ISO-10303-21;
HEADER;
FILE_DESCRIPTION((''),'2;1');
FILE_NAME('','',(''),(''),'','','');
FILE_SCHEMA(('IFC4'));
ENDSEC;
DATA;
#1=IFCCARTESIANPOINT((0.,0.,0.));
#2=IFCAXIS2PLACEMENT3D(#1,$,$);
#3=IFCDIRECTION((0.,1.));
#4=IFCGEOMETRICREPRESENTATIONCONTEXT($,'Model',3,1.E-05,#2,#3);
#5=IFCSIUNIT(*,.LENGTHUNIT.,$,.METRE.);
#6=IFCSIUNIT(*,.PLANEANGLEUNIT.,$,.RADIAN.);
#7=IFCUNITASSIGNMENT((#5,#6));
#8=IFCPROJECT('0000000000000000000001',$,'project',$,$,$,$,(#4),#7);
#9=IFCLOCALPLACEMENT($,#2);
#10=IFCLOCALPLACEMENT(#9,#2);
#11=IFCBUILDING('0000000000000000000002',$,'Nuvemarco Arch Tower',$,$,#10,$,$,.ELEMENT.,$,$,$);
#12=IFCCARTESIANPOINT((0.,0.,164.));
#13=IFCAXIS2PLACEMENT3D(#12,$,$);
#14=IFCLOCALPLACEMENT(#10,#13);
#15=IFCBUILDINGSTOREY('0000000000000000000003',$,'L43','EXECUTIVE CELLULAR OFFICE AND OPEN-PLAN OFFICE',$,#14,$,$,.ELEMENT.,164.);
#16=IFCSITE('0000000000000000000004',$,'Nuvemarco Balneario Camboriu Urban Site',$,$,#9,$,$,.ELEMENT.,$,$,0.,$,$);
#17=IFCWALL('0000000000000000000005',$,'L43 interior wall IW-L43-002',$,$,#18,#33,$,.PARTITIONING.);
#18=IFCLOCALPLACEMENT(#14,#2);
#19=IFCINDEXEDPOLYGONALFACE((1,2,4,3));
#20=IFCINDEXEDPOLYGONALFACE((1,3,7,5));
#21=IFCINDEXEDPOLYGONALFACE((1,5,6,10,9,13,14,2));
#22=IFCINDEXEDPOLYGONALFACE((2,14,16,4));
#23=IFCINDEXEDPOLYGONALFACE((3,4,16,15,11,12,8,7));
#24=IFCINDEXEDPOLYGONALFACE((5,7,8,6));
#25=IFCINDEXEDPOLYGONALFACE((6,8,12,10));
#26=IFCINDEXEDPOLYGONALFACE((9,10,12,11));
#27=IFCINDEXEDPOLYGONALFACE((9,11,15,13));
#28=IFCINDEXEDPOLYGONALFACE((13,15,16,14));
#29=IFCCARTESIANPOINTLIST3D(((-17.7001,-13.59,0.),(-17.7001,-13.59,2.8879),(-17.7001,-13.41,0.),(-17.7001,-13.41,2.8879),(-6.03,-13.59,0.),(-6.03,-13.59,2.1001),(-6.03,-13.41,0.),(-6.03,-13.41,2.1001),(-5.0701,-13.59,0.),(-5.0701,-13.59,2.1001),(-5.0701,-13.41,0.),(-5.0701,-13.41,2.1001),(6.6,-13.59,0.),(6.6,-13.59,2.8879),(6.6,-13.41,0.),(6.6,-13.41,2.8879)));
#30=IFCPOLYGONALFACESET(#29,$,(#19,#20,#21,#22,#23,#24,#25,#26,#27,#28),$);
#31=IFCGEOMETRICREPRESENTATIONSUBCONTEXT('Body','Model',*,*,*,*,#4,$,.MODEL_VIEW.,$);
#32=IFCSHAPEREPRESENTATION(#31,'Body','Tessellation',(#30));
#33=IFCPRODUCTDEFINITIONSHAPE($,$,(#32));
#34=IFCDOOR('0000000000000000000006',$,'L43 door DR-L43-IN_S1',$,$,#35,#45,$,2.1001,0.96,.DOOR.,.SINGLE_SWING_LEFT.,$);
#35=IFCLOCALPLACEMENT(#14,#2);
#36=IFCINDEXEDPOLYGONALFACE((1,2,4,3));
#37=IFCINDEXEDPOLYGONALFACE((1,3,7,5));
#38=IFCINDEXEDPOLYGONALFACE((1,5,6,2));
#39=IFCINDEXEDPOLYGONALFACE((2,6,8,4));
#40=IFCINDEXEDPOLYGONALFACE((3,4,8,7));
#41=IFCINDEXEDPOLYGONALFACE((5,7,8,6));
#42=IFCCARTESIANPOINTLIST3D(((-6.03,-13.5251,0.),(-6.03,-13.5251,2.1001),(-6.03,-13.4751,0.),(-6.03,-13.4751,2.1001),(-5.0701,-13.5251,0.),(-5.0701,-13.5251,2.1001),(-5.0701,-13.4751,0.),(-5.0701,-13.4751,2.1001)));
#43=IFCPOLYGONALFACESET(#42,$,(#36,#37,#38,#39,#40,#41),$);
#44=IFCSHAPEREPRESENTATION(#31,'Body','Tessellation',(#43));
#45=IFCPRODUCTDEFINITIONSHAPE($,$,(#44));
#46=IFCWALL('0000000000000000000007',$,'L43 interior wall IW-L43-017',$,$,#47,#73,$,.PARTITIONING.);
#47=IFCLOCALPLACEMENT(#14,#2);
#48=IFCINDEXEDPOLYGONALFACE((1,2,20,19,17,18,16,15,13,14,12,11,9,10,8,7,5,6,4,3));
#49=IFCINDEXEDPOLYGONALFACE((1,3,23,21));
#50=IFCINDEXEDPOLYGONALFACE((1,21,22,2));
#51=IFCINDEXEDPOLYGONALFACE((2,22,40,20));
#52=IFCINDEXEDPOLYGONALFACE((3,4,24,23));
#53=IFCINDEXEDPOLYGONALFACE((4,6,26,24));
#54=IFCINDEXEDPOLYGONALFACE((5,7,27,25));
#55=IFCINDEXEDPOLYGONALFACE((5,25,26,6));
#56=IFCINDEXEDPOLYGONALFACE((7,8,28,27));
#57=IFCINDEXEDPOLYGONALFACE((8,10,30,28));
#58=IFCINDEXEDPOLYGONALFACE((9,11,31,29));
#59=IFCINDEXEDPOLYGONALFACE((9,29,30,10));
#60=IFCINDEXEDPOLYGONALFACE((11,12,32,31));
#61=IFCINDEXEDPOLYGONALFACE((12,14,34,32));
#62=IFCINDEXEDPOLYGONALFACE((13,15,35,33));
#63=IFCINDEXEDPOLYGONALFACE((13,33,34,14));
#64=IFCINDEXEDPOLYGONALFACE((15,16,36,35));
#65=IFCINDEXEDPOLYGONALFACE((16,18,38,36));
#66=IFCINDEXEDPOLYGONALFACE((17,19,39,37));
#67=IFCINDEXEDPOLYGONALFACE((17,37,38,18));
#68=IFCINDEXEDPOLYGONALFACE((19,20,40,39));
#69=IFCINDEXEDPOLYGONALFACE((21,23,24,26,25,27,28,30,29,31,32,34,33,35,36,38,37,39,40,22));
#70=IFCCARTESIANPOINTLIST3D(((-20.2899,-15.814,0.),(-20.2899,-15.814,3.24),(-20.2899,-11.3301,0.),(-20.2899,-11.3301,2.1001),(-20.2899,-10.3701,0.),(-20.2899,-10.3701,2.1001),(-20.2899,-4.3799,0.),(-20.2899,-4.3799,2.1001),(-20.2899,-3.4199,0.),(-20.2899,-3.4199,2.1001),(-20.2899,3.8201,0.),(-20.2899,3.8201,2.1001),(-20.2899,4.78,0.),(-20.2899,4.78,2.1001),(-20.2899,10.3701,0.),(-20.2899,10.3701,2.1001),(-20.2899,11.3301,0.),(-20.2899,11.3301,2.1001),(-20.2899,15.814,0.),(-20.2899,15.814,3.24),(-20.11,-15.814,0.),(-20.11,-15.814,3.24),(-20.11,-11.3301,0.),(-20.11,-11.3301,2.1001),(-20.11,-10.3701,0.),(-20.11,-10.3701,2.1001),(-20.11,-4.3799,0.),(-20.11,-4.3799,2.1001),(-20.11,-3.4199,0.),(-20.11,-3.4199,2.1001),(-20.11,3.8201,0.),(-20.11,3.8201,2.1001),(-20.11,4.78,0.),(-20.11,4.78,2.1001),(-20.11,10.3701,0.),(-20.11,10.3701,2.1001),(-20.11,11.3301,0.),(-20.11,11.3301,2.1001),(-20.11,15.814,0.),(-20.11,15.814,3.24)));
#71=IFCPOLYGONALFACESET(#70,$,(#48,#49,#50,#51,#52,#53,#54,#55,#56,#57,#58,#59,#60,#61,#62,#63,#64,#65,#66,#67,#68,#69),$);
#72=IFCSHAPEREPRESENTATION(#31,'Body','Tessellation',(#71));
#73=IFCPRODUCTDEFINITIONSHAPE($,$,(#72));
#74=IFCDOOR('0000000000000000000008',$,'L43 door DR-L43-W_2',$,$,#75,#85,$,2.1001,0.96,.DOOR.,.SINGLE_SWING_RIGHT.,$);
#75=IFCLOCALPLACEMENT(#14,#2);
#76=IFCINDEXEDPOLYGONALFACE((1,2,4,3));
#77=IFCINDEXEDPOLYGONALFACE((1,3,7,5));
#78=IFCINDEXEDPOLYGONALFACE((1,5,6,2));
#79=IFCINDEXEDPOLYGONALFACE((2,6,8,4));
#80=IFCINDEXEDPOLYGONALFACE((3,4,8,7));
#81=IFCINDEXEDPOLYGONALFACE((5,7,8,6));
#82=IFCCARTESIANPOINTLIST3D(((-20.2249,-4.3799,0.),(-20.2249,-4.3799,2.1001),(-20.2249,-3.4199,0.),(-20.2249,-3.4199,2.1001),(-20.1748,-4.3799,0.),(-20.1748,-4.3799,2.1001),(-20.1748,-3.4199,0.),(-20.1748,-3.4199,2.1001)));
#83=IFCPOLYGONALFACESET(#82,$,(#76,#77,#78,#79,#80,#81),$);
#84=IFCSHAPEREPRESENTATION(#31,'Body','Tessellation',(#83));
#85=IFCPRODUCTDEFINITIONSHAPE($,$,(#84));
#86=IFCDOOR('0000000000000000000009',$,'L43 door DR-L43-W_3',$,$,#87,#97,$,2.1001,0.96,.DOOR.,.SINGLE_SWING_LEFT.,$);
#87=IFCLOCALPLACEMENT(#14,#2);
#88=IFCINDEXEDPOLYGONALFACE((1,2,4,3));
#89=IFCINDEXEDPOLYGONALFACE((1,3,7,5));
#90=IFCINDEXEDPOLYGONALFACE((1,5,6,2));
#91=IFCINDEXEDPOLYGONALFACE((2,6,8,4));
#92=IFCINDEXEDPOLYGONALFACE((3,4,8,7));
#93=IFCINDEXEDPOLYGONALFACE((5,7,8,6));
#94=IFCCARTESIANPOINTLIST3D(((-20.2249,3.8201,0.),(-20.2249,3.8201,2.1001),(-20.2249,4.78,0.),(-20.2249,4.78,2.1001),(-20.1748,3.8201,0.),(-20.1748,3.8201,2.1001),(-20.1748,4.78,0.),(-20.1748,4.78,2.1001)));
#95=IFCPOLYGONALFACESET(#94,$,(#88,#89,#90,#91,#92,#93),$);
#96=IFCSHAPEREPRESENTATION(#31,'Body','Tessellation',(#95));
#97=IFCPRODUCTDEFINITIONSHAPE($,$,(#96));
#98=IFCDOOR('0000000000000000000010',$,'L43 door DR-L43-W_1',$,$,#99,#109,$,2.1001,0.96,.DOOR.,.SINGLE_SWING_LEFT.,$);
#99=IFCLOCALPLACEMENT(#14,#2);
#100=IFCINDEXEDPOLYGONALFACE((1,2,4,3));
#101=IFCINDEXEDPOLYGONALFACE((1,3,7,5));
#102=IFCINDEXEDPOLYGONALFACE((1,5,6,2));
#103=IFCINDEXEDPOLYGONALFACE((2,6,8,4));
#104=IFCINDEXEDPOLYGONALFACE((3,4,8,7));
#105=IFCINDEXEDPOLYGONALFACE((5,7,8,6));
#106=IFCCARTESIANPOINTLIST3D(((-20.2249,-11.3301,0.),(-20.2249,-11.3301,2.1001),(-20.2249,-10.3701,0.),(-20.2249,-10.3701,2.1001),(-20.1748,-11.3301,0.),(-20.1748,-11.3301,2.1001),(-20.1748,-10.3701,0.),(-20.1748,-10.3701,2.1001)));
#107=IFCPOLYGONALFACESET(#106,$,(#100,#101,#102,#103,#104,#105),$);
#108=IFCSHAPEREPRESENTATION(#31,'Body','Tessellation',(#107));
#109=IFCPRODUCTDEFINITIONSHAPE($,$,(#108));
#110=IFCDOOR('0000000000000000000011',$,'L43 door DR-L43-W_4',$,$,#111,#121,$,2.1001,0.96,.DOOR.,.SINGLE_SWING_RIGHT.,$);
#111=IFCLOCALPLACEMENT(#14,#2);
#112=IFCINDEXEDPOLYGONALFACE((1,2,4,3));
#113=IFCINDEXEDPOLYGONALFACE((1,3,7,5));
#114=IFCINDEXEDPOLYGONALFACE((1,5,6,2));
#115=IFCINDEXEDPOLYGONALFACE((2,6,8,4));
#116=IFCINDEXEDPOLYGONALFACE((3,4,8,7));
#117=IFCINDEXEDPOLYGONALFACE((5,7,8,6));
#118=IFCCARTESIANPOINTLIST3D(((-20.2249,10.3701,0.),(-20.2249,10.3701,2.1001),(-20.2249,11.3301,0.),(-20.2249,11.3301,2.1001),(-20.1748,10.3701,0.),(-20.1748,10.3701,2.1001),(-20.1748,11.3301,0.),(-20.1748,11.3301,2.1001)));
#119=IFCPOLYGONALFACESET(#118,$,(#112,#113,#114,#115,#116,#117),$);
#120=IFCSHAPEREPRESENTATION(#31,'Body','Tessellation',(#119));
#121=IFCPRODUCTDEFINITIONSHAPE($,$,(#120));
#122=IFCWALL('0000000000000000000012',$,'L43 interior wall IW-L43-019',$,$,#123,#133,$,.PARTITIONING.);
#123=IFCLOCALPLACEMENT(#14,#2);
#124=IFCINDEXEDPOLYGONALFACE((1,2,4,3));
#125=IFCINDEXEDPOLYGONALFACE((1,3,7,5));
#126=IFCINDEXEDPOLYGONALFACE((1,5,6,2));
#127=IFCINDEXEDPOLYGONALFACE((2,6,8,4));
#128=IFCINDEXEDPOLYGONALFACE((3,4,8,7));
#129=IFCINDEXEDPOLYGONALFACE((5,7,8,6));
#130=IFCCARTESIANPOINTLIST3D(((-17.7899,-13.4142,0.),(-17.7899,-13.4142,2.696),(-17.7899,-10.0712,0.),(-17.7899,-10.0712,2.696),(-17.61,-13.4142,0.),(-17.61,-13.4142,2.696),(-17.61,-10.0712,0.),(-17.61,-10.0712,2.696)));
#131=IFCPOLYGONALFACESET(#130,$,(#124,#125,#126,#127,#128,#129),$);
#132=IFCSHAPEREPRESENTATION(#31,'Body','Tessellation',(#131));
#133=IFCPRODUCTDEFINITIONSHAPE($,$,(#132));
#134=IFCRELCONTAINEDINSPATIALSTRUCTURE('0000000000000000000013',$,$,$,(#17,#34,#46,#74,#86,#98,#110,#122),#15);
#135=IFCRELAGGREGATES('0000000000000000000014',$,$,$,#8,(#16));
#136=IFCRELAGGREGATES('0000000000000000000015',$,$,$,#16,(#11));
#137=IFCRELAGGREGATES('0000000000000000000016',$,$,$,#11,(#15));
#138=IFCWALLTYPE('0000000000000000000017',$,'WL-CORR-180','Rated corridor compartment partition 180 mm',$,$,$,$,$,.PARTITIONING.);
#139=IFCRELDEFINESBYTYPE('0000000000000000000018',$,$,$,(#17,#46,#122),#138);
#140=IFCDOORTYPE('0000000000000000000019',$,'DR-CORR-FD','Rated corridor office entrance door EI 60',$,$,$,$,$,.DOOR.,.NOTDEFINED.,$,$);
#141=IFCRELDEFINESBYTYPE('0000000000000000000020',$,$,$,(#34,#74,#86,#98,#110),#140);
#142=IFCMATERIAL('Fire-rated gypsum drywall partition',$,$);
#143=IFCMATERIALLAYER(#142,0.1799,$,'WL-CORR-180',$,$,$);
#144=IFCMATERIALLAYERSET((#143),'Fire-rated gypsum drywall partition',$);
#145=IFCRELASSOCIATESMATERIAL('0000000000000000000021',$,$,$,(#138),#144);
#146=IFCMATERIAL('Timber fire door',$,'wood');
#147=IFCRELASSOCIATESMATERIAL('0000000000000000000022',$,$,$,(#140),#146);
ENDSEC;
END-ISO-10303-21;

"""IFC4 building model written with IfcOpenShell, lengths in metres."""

from ifc_helpers import new_model, si_unit, direction, frame, frame_2d, origin, place, context, subcontext, project, spatial, rectangle, extrude, source, transform, mapped, material, layer, layer_set, type_object, type_shapes, element, fill, save


model = new_model("IFC4")

# Units and contexts
model_context = context("Model", 3, precision=1e-05, world=origin(), true_north=direction((0.0, 1.0)))
body_context = subcontext(model_context, "Body", "Model", "MODEL_VIEW")
ifc_project = project(units=[si_unit("LENGTHUNIT", "METRE"), si_unit("PLANEANGLEUNIT", "RADIAN")], contexts=[model_context])

# Site, building, storey
site_placement = place(None, origin())
site = spatial("IfcSite", under=ifc_project, at=site_placement, Name="Nuvemarco Balneario Camboriu Urban Site", CompositionType="ELEMENT", RefElevation=0.0)
building_placement = place(site_placement, origin())
building = spatial("IfcBuilding", under=site, at=building_placement, Name="Nuvemarco Arch Tower", CompositionType="ELEMENT")
storey_placement = place(building_placement, frame((0.0, 0.0, 164.0)))
storey = spatial("IfcBuildingStorey", under=building, at=storey_placement, Name="L43", Description="EXECUTIVE CELLULAR OFFICE AND OPEN-PLAN OFFICE", CompositionType="ELEMENT", Elevation=164.0)

# Shared definitions
ifc_material_1 = material(Name="Fire-rated gypsum drywall partition")
ifc_layer = layer(ifc_material_1, 0.1799, Name="WL-CORR-180")
ifc_layer_set = layer_set([ifc_layer], Name="Fire-rated gypsum drywall partition")
wall_type = type_object("IfcWallType", Name="WL-CORR-180", Description="Rated corridor compartment partition 180 mm", PredefinedType="PARTITIONING", material=ifc_layer_set)
ifc_material_2 = material(Name="Timber fire door", Category="wood")
door_type = type_object("IfcDoorType", Name="DR-CORR-FD", Description="Rated corridor office entrance door EI 60", OperationType="NOTDEFINED", PredefinedType="DOOR", material=ifc_material_2)
shared_shape = source(origin(), body_context, "Body", "SweptSolid", [
    extrude(rectangle(XDim=0.96, YDim=2.1001, at=frame_2d((0.48, 1.05))), frame((0.0, 0.0249, 0.0), z_axis=(0.0, -1.0, 0.0), x_axis=(1.0, 0.0, 0.0)), (0.0, 0.0, 1.0), 0.05),
])
type_shapes(door_type, [shared_shape])

# Wall, opening, door
wall_1_placement = place(storey_placement, frame((-17.7, -13.5, 0.0), z_axis=(0.0, 0.0, 1.0), x_axis=(1.0, 0.0, 0.0)))
wall_1 = element("IfcWall", 1, at=wall_1_placement, inside=storey, type_object=wall_type, Name="L43 interior wall IW-L43-002", PredefinedType="PARTITIONING", context=body_context, shape_type="SweptSolid", body=[
    extrude(rectangle(XDim=24.3, YDim=0.1799, at=frame_2d((12.1499, 0.0))), origin(), (0.0, 0.0, 1.0), 2.8879),
])
opening_1_placement = place(wall_1_placement, frame((11.6699, 0.0, 0.0)))
opening_1 = element("IfcOpeningElement", 2, at=opening_1_placement, cuts=wall_1, PredefinedType="OPENING", context=body_context, shape_type="SweptSolid", body=[
    extrude(rectangle(XDim=0.96, YDim=2.1001, at=frame_2d((0.48, 1.05))), frame((0.0, 0.0999, 0.0), z_axis=(0.0, -1.0, 0.0), x_axis=(1.0, 0.0, 0.0)), (0.0, 0.0, 1.0), 0.2),
])
door_1_placement = place(opening_1_placement, origin())
door_1 = element("IfcDoor", 3, at=door_1_placement, inside=storey, type_object=door_type, Name="L43 door DR-L43-IN_S1", OperationType="SINGLE_SWING_LEFT", OverallHeight=2.1001, OverallWidth=0.96, PredefinedType="DOOR", context=body_context, shape_type="MappedRepresentation", body=[
    mapped(shared_shape, transform((0.0, 0.0, 0.0), scale=1.0)),
])
fill(opening_1, door_1)

# Wall, openings, doors
wall_2_placement = place(storey_placement, frame((-20.2, -15.814, 0.0), z_axis=(0.0, 0.0, 1.0), x_axis=(0.0, 1.0, 0.0)))
wall_2 = element("IfcWall", 4, at=wall_2_placement, inside=storey, type_object=wall_type, Name="L43 interior wall IW-L43-017", PredefinedType="PARTITIONING", context=body_context, shape_type="SweptSolid", body=[
    extrude(rectangle(XDim=31.6279, YDim=0.1799, at=frame_2d((15.814, 0.0))), origin(), (0.0, 0.0, 1.0), 3.24),
])
opening_2_placement = place(wall_2_placement, frame((11.4341, 0.0, 0.0)))
opening_2 = element("IfcOpeningElement", 5, at=opening_2_placement, cuts=wall_2, PredefinedType="OPENING", context=body_context, shape_type="SweptSolid", body=[
    extrude(rectangle(XDim=0.96, YDim=2.1001, at=frame_2d((0.48, 1.05))), frame((0.0, 0.0999, 0.0), z_axis=(0.0, -1.0, 0.0), x_axis=(1.0, 0.0, 0.0)), (0.0, 0.0, 1.0), 0.2),
])
opening_3_placement = place(wall_2_placement, frame((19.634, 0.0, 0.0)))
opening_3 = element("IfcOpeningElement", 6, at=opening_3_placement, cuts=wall_2, PredefinedType="OPENING", context=body_context, shape_type="SweptSolid", body=[
    extrude(rectangle(XDim=0.96, YDim=2.1001, at=frame_2d((0.48, 1.05))), frame((0.0, 0.0999, 0.0), z_axis=(0.0, -1.0, 0.0), x_axis=(1.0, 0.0, 0.0)), (0.0, 0.0, 1.0), 0.2),
])
opening_4_placement = place(wall_2_placement, frame((4.4839, 0.0, 0.0)))
opening_4 = element("IfcOpeningElement", 7, at=opening_4_placement, cuts=wall_2, PredefinedType="OPENING", context=body_context, shape_type="SweptSolid", body=[
    extrude(rectangle(XDim=0.96, YDim=2.1001, at=frame_2d((0.48, 1.05))), frame((0.0, 0.0999, 0.0), z_axis=(0.0, -1.0, 0.0), x_axis=(1.0, 0.0, 0.0)), (0.0, 0.0, 1.0), 0.2),
])
opening_5_placement = place(wall_2_placement, frame((26.1841, 0.0, 0.0)))
opening_5 = element("IfcOpeningElement", 8, at=opening_5_placement, cuts=wall_2, PredefinedType="OPENING", context=body_context, shape_type="SweptSolid", body=[
    extrude(rectangle(XDim=0.96, YDim=2.1001, at=frame_2d((0.48, 1.05))), frame((0.0, 0.0999, 0.0), z_axis=(0.0, -1.0, 0.0), x_axis=(1.0, 0.0, 0.0)), (0.0, 0.0, 1.0), 0.2),
])
door_2_placement = place(opening_2_placement, origin())
door_2 = element("IfcDoor", 9, at=door_2_placement, inside=storey, type_object=door_type, Name="L43 door DR-L43-W_2", OperationType="SINGLE_SWING_RIGHT", OverallHeight=2.1001, OverallWidth=0.96, PredefinedType="DOOR", context=body_context, shape_type="MappedRepresentation", body=[
    mapped(shared_shape, transform((0.0, 0.0, 0.0), scale=1.0)),
])
fill(opening_2, door_2)
door_3_placement = place(opening_3_placement, origin())
door_3 = element("IfcDoor", 10, at=door_3_placement, inside=storey, type_object=door_type, Name="L43 door DR-L43-W_3", OperationType="SINGLE_SWING_LEFT", OverallHeight=2.1001, OverallWidth=0.96, PredefinedType="DOOR", context=body_context, shape_type="MappedRepresentation", body=[
    mapped(shared_shape, transform((0.0, 0.0, 0.0), scale=1.0)),
])
fill(opening_3, door_3)
door_4_placement = place(opening_4_placement, origin())
door_4 = element("IfcDoor", 11, at=door_4_placement, inside=storey, type_object=door_type, Name="L43 door DR-L43-W_1", OperationType="SINGLE_SWING_LEFT", OverallHeight=2.1001, OverallWidth=0.96, PredefinedType="DOOR", context=body_context, shape_type="MappedRepresentation", body=[
    mapped(shared_shape, transform((0.0, 0.0, 0.0), scale=1.0)),
])
fill(opening_4, door_4)
door_5_placement = place(opening_5_placement, origin())
door_5 = element("IfcDoor", 12, at=door_5_placement, inside=storey, type_object=door_type, Name="L43 door DR-L43-W_4", OperationType="SINGLE_SWING_RIGHT", OverallHeight=2.1001, OverallWidth=0.96, PredefinedType="DOOR", context=body_context, shape_type="MappedRepresentation", body=[
    mapped(shared_shape, transform((0.0, 0.0, 0.0), scale=1.0)),
])
fill(opening_5, door_5)

# Wall
wall_3_placement = place(storey_placement, frame((-17.7, -13.4141, 0.0), z_axis=(0.0, 0.0, 1.0), x_axis=(0.0, 1.0, 0.0)))
element("IfcWall", 13, at=wall_3_placement, inside=storey, type_object=wall_type, Name="L43 interior wall IW-L43-019", PredefinedType="PARTITIONING", context=body_context, shape_type="SweptSolid", body=[
    extrude(rectangle(XDim=3.343, YDim=0.1799, at=frame_2d((1.6714, 0.0))), origin(), (0.0, 0.0, 1.0), 2.696),
])

save(model, "model.ifc")
